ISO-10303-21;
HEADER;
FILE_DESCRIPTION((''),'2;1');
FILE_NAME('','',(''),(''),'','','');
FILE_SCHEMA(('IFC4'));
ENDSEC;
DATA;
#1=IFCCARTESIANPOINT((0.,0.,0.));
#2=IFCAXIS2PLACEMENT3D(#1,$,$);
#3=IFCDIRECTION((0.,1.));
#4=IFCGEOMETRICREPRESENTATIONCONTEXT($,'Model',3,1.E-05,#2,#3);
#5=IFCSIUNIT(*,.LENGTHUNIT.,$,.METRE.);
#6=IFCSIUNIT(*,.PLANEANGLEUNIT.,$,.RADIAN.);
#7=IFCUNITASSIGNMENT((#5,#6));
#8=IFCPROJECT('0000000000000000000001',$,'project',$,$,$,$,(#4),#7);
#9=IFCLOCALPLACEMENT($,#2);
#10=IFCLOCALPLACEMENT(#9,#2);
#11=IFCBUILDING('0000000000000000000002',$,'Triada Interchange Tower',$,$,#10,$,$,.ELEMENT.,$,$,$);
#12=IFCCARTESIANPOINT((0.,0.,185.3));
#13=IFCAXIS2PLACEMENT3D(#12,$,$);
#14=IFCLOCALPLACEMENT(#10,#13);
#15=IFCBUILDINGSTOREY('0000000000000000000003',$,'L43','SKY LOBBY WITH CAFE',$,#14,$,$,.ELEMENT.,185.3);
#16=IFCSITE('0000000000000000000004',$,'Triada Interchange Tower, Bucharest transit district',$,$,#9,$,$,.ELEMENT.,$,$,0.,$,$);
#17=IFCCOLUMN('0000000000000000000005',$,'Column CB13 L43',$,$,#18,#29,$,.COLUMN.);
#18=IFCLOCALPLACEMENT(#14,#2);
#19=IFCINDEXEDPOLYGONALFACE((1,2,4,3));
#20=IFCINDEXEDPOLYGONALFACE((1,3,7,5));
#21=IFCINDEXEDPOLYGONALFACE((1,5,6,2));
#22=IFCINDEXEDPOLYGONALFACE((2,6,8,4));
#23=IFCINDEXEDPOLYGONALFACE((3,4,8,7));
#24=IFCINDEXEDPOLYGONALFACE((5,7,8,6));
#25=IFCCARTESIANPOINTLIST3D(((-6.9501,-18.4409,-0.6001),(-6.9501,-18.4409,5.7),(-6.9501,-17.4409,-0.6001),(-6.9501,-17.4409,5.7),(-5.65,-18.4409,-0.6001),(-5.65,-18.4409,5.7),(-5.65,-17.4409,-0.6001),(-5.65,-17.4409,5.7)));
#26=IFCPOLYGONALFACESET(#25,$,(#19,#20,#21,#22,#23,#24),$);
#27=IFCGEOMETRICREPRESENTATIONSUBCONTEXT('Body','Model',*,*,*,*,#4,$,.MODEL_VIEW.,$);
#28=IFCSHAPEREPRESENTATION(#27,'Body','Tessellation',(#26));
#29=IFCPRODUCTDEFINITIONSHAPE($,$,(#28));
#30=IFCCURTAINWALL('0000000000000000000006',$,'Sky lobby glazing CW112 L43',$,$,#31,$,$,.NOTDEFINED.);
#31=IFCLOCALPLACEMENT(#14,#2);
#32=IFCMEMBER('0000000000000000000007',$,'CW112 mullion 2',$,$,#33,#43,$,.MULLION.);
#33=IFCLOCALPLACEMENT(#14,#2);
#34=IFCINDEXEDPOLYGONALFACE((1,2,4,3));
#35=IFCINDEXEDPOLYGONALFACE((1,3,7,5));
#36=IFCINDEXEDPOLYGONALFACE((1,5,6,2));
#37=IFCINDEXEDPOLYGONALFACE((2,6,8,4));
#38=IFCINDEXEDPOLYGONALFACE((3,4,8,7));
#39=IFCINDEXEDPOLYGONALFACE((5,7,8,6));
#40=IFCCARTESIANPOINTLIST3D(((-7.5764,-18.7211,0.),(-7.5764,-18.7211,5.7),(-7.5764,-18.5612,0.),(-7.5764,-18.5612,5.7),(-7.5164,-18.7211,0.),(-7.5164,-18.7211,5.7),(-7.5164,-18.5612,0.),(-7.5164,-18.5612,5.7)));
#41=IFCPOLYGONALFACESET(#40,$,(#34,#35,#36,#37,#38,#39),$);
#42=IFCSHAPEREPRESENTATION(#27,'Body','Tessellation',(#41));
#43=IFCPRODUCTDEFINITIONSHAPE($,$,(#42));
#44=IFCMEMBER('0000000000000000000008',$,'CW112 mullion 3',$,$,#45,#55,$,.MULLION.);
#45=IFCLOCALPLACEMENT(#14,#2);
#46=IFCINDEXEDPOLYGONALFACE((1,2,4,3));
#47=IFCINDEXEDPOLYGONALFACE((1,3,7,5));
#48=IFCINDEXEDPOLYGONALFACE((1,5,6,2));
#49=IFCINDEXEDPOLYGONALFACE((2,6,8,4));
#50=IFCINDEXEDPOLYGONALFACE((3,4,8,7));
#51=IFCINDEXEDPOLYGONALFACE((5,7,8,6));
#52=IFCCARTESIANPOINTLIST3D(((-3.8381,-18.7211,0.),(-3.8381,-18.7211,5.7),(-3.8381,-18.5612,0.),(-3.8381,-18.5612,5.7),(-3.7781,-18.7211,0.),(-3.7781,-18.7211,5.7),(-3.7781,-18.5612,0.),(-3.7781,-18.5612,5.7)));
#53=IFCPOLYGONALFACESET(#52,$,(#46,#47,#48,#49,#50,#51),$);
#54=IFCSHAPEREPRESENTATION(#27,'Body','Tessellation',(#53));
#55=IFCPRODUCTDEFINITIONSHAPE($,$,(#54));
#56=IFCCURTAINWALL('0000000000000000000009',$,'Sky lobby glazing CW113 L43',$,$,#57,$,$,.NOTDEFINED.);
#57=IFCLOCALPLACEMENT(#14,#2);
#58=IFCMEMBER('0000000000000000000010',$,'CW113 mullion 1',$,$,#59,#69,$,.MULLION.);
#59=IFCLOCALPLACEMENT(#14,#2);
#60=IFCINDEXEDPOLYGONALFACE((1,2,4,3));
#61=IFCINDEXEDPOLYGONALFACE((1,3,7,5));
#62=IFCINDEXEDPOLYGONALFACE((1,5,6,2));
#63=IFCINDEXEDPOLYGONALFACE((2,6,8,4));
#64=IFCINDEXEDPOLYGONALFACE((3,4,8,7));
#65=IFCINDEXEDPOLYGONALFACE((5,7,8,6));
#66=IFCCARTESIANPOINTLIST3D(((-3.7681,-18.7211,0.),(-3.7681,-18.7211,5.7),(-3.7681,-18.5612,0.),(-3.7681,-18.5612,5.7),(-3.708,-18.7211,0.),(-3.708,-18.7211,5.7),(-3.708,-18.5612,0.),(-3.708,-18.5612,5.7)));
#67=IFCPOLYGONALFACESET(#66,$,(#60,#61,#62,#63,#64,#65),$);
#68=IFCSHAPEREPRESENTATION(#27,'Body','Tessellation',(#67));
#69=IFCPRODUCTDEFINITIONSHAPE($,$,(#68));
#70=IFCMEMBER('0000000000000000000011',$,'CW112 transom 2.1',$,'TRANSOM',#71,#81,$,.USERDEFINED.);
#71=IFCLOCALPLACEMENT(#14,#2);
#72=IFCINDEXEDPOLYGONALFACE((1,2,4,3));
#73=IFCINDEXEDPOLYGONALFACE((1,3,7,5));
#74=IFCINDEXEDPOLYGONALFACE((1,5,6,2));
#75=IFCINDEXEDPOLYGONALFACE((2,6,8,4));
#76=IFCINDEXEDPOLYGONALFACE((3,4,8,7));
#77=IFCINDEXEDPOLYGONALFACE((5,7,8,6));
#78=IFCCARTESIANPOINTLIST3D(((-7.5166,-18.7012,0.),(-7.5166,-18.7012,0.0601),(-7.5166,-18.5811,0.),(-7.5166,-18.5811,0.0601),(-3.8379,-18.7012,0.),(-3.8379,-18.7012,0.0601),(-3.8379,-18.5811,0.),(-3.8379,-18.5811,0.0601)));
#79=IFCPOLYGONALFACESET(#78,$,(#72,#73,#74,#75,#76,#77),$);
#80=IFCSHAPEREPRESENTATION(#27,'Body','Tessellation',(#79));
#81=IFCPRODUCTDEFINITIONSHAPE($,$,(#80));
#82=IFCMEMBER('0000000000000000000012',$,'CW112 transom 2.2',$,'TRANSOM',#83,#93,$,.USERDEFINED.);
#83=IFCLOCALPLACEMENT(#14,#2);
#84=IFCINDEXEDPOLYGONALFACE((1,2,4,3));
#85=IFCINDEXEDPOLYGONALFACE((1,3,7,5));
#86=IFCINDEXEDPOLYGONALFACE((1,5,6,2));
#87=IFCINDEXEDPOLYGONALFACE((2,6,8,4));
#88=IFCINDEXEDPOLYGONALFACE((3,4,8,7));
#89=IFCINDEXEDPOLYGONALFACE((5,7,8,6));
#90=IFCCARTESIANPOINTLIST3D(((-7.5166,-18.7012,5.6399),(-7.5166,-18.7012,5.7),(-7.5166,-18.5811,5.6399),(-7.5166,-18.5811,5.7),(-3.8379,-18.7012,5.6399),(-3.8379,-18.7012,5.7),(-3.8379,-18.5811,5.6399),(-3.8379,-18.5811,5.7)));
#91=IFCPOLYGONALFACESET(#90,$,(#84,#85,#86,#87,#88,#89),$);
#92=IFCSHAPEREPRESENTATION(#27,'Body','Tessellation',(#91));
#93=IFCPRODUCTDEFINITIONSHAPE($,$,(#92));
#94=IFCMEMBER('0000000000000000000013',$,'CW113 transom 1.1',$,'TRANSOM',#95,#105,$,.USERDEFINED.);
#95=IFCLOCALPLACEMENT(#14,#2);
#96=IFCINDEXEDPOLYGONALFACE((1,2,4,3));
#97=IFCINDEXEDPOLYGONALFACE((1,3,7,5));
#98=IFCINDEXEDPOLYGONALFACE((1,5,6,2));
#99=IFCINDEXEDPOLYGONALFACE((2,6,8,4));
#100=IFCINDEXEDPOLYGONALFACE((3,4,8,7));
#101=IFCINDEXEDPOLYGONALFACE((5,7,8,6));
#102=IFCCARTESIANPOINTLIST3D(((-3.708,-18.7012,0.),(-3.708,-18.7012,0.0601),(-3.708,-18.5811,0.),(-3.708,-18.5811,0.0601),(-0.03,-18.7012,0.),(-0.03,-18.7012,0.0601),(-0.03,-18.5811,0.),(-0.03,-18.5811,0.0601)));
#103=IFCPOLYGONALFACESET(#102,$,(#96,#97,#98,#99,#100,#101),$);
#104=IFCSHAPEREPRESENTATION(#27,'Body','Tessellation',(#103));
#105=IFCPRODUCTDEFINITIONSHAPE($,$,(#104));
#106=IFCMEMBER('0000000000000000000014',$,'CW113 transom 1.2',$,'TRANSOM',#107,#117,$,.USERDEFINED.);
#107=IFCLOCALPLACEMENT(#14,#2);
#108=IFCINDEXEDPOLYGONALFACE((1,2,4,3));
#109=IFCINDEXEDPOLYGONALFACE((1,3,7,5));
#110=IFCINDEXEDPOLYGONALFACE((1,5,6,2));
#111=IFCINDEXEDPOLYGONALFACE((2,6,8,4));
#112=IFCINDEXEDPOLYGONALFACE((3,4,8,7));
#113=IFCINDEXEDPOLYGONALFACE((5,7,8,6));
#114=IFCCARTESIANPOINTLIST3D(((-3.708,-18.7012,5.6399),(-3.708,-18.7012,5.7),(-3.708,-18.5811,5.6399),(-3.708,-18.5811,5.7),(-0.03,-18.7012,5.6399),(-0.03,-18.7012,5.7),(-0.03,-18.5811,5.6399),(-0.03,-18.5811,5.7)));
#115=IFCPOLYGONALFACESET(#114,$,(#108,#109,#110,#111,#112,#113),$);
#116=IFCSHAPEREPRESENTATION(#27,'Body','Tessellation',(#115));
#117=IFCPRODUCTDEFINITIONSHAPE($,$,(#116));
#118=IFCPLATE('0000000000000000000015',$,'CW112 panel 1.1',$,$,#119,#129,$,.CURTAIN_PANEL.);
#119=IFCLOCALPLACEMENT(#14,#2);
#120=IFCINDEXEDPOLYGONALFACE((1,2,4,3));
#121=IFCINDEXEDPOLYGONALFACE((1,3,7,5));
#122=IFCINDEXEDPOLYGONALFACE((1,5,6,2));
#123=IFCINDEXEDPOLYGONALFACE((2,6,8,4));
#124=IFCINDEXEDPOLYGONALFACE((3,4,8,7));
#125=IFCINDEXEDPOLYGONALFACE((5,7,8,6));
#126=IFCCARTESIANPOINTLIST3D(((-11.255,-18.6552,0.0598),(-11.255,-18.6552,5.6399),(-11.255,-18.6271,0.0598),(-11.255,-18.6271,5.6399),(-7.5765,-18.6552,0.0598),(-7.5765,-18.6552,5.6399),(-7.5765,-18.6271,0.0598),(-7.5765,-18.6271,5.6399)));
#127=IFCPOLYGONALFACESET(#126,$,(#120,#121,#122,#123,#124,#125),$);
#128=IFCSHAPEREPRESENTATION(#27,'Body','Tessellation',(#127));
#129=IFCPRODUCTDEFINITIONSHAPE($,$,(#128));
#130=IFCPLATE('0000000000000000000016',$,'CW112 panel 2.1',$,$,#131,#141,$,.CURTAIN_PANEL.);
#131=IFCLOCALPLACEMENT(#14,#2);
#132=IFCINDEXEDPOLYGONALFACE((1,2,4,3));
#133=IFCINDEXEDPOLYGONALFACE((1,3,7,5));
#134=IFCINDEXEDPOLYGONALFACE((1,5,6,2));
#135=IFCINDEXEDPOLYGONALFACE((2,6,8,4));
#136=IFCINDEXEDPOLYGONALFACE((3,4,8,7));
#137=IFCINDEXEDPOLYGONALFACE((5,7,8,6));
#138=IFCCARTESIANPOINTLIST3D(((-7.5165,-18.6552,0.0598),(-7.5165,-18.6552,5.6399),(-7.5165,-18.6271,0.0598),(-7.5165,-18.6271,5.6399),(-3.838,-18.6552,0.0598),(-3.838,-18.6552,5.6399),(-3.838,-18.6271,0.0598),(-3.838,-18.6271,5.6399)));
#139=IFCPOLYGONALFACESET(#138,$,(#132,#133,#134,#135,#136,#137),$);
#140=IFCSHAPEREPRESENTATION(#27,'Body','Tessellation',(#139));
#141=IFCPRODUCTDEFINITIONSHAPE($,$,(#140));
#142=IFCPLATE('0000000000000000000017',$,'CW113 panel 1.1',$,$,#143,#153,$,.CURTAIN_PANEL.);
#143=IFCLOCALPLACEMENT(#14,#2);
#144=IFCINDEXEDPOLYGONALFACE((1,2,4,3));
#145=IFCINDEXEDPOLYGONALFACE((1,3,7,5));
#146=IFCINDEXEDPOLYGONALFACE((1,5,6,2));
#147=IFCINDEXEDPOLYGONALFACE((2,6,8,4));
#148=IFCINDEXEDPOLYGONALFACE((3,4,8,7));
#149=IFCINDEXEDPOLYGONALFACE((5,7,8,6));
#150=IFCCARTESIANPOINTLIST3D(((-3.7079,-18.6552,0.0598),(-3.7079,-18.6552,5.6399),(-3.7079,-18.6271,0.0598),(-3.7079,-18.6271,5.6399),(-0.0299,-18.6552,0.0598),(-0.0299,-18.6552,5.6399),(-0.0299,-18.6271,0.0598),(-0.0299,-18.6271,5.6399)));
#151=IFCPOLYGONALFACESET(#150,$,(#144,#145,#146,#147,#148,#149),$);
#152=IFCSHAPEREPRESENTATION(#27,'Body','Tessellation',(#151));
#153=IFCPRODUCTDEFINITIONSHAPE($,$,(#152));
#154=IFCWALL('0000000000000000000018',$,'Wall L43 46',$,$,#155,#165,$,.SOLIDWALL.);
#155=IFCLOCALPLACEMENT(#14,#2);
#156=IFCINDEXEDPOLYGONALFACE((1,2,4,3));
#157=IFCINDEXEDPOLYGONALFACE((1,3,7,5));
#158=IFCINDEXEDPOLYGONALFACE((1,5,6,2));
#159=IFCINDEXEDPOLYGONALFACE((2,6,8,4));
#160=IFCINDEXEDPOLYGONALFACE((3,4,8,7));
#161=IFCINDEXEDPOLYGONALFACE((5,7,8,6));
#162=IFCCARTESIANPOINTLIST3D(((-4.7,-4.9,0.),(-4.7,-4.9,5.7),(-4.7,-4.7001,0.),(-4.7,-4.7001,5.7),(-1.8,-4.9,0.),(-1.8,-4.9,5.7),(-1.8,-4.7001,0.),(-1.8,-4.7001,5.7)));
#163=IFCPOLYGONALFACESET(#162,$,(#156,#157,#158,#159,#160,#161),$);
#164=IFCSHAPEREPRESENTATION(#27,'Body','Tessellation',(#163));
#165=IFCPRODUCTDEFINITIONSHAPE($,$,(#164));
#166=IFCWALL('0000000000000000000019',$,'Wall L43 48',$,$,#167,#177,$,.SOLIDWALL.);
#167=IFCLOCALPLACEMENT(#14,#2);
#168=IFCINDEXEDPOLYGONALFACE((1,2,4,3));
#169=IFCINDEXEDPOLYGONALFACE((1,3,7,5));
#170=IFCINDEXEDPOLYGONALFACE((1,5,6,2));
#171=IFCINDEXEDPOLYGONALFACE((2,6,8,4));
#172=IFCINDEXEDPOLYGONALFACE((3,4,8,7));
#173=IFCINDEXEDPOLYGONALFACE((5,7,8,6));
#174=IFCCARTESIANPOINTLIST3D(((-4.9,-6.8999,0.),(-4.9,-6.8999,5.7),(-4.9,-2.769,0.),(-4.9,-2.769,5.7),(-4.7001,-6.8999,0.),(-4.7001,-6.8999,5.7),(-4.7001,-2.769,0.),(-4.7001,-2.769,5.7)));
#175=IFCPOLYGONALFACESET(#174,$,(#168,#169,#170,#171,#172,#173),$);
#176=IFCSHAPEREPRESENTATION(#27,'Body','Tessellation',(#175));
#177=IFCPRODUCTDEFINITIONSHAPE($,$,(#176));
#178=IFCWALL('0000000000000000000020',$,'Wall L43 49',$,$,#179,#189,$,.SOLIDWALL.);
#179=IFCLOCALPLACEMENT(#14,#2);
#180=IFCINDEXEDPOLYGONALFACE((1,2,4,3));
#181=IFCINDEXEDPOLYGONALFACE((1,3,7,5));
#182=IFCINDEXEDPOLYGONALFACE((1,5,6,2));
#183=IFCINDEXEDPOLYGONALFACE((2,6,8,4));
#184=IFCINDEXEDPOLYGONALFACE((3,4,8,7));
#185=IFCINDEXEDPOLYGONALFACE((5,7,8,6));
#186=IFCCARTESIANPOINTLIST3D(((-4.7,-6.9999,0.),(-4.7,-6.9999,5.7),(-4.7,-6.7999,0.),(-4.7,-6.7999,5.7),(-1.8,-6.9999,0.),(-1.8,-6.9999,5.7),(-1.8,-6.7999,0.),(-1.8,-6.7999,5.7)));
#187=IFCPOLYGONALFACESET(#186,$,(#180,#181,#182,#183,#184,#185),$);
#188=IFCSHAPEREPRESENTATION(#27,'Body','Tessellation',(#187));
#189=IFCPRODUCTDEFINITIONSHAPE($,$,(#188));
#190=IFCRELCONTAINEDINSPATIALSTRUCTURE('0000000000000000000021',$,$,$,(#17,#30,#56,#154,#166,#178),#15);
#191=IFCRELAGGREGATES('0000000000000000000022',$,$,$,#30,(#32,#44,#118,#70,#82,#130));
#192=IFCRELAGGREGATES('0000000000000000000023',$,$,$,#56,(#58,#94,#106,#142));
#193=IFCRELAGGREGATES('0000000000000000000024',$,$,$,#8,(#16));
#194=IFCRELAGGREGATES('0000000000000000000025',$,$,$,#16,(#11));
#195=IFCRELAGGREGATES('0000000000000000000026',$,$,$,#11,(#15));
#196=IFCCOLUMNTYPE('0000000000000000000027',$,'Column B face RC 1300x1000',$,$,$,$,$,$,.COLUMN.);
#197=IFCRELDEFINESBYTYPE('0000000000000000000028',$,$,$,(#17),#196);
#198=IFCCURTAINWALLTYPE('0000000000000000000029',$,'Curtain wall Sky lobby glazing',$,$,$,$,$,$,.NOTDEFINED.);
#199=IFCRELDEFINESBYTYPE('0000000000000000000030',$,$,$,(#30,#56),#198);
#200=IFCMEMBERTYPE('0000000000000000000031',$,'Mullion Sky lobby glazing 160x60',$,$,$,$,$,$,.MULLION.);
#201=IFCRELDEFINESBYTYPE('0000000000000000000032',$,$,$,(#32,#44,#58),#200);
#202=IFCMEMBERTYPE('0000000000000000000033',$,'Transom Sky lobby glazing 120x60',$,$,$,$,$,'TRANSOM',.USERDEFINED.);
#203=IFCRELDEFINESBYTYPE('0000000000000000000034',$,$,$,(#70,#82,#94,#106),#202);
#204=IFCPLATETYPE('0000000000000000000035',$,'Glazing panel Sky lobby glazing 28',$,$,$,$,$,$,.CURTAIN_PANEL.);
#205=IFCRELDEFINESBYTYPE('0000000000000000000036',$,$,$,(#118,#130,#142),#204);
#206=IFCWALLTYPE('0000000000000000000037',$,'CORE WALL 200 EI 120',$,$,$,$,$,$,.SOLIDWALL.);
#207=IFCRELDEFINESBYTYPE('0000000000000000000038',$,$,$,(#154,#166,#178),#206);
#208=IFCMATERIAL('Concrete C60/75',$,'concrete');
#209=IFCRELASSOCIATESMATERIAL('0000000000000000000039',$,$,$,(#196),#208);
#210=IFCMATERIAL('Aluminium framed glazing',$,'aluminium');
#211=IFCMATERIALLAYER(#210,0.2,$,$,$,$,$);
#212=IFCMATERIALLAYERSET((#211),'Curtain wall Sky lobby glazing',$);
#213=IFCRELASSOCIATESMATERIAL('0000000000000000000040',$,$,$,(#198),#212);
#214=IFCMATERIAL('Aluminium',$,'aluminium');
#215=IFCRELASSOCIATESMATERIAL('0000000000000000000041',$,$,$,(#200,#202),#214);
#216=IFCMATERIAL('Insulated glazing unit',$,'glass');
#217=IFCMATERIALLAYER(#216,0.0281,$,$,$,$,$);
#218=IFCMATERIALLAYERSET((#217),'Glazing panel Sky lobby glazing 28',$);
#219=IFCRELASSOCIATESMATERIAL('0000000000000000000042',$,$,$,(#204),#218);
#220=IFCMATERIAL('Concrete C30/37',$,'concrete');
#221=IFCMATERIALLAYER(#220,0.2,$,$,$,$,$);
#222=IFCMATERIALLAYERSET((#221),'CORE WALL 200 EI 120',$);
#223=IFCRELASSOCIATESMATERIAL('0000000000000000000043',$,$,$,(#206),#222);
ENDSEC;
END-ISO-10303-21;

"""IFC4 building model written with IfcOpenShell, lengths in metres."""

from ifc_helpers import new_model, si_unit, direction, frame, frame_2d, origin, origin_2d, place, context, subcontext, project, spatial, rectangle, extrude, material, layer, layer_set, material_profile, profile_set, type_object, element, aggregate, save


model = new_model("IFC4")

# Units and contexts
model_context = context("Model", 3, precision=1e-05, world=origin(), true_north=direction((0.0, 1.0)))
body_context = subcontext(model_context, "Body", "Model", "MODEL_VIEW")
ifc_project = project(units=[si_unit("LENGTHUNIT", "METRE"), si_unit("PLANEANGLEUNIT", "RADIAN")], contexts=[model_context])

# Site, building, storey
site_placement = place(None, origin())
site = spatial("IfcSite", under=ifc_project, at=site_placement, Name="Triada Interchange Tower, Bucharest transit district", CompositionType="ELEMENT", RefElevation=0.0)
building_placement = place(site_placement, origin())
building = spatial("IfcBuilding", under=site, at=building_placement, Name="Triada Interchange Tower", CompositionType="ELEMENT")
storey_placement = place(building_placement, frame((0.0, 0.0, 185.3)))
storey = spatial("IfcBuildingStorey", under=building, at=storey_placement, Name="L43", Description="SKY LOBBY WITH CAFE", CompositionType="ELEMENT", Elevation=185.3)

# Column
ifc_material_1 = material(Name="Concrete C60/75", Category="concrete")
ifc_material_profile_1 = material_profile(ifc_material_1, rectangle(XDim=1.3, YDim=1.0, at=origin_2d()), Name="RC 1300x1000")
ifc_profile_set_1 = profile_set([ifc_material_profile_1], Name="Concrete C60/75")
column_type = type_object("IfcColumnType", Name="Column B face RC 1300x1000", PredefinedType="COLUMN", material=ifc_profile_set_1)
column_placement = place(storey_placement, frame((-6.3, -17.9409, -0.6001), z_axis=(0.0, 0.0, 1.0), x_axis=(1.0, 0.0, 0.0)))
element("IfcColumn", 1, at=column_placement, inside=storey, type_object=column_type, Name="Column CB13 L43", PredefinedType="COLUMN", context=body_context, shape_type="SweptSolid", body=[
    extrude(rectangle(XDim=1.3, YDim=1.0, at=origin_2d()), origin(), (0.0, 0.0, 1.0), 6.3),
])

# Curtain wall, members
ifc_material_2 = material(Name="Aluminium framed glazing", Category="aluminium")
ifc_layer_1 = layer(ifc_material_2, 0.2)
ifc_layer_set_1 = layer_set([ifc_layer_1], Name="Curtain wall Sky lobby glazing")
curtain_wall_type = type_object("IfcCurtainWallType", Name="Curtain wall Sky lobby glazing", PredefinedType="NOTDEFINED", material=ifc_layer_set_1)
curtain_wall_1_placement = place(storey_placement, origin())
curtain_wall_1 = element("IfcCurtainWall", 2, at=curtain_wall_1_placement, inside=storey, type_object=curtain_wall_type, Name="Sky lobby glazing CW112 L43", PredefinedType="NOTDEFINED")
ifc_material_3 = material(Name="Aluminium", Category="aluminium")
ifc_material_profile_2 = material_profile(ifc_material_3, rectangle(XDim=0.1599, YDim=0.0601, at=origin_2d()), Name="Aluminium mullion")
ifc_profile_set_2 = profile_set([ifc_material_profile_2], Name="Aluminium")
member_type_1 = type_object("IfcMemberType", Name="Mullion Sky lobby glazing 160x60", PredefinedType="MULLION", material=ifc_profile_set_2)
member_1_placement = place(storey_placement, frame((-7.5464, -18.6411, 0.0), z_axis=(0.0, 0.0, 1.0), x_axis=(0.0, 1.0, 0.0)))
member_1 = element("IfcMember", 3, at=member_1_placement, type_object=member_type_1, Name="CW112 mullion 2", PredefinedType="MULLION", context=body_context, shape_type="SweptSolid", body=[
    extrude(rectangle(XDim=0.1599, YDim=0.0601, at=origin_2d()), origin(), (0.0, 0.0, 1.0), 5.7),
])
member_2_placement = place(storey_placement, frame((-3.8081, -18.6411, 0.0), z_axis=(0.0, 0.0, 1.0), x_axis=(0.0, 1.0, 0.0)))
member_2 = element("IfcMember", 4, at=member_2_placement, type_object=member_type_1, Name="CW112 mullion 3", PredefinedType="MULLION", context=body_context, shape_type="SweptSolid", body=[
    extrude(rectangle(XDim=0.1599, YDim=0.0601, at=origin_2d()), origin(), (0.0, 0.0, 1.0), 5.7),
])

# Curtain wall, member
curtain_wall_2_placement = place(storey_placement, origin())
curtain_wall_2 = element("IfcCurtainWall", 5, at=curtain_wall_2_placement, inside=storey, type_object=curtain_wall_type, Name="Sky lobby glazing CW113 L43", PredefinedType="NOTDEFINED")
member_3_placement = place(storey_placement, frame((-3.738, -18.6411, 0.0), z_axis=(0.0, 0.0, 1.0), x_axis=(0.0, 1.0, 0.0)))
member_3 = element("IfcMember", 6, at=member_3_placement, type_object=member_type_1, Name="CW113 mullion 1", PredefinedType="MULLION", context=body_context, shape_type="SweptSolid", body=[
    extrude(rectangle(XDim=0.1599, YDim=0.0601, at=origin_2d()), origin(), (0.0, 0.0, 1.0), 5.7),
])

# Members
ifc_material_profile_3 = material_profile(ifc_material_3, rectangle(XDim=0.1201, YDim=0.0601, at=origin_2d()), Name="Aluminium transom")
ifc_profile_set_3 = profile_set([ifc_material_profile_3], Name="Aluminium")
member_type_2 = type_object("IfcMemberType", Name="Transom Sky lobby glazing 120x60", ElementType="TRANSOM", PredefinedType="USERDEFINED", material=ifc_profile_set_3)
member_4_placement = place(storey_placement, frame((-7.5166, -18.6411, 0.03), z_axis=(1.0, 0.0, 0.0), x_axis=(0.0, 1.0, 0.0)))
member_4 = element("IfcMember", 7, at=member_4_placement, type_object=member_type_2, Name="CW112 transom 2.1", ObjectType="TRANSOM", PredefinedType="USERDEFINED", context=body_context, shape_type="SweptSolid", body=[
    extrude(rectangle(XDim=0.1201, YDim=0.0601, at=origin_2d()), origin(), (0.0, 0.0, 1.0), 3.6787),
])
member_5_placement = place(storey_placement, frame((-7.5166, -18.6411, 5.6699), z_axis=(1.0, 0.0, 0.0), x_axis=(0.0, 1.0, 0.0)))
member_5 = element("IfcMember", 8, at=member_5_placement, type_object=member_type_2, Name="CW112 transom 2.2", ObjectType="TRANSOM", PredefinedType="USERDEFINED", context=body_context, shape_type="SweptSolid", body=[
    extrude(rectangle(XDim=0.1201, YDim=0.0601, at=origin_2d()), origin(), (0.0, 0.0, 1.0), 3.6787),
])
member_6_placement = place(storey_placement, frame((-3.708, -18.6411, 0.03), z_axis=(1.0, 0.0, 0.0), x_axis=(0.0, 1.0, 0.0)))
member_6 = element("IfcMember", 9, at=member_6_placement, type_object=member_type_2, Name="CW113 transom 1.1", ObjectType="TRANSOM", PredefinedType="USERDEFINED", context=body_context, shape_type="SweptSolid", body=[
    extrude(rectangle(XDim=0.1201, YDim=0.0601, at=origin_2d()), origin(), (0.0, 0.0, 1.0), 3.678),
])
member_7_placement = place(storey_placement, frame((-3.708, -18.6411, 5.6699), z_axis=(1.0, 0.0, 0.0), x_axis=(0.0, 1.0, 0.0)))
member_7 = element("IfcMember", 10, at=member_7_placement, type_object=member_type_2, Name="CW113 transom 1.2", ObjectType="TRANSOM", PredefinedType="USERDEFINED", context=body_context, shape_type="SweptSolid", body=[
    extrude(rectangle(XDim=0.1201, YDim=0.0601, at=origin_2d()), origin(), (0.0, 0.0, 1.0), 3.678),
])

# Plates
ifc_material_4 = material(Name="Insulated glazing unit", Category="glass")
ifc_layer_2 = layer(ifc_material_4, 0.0281)
ifc_layer_set_2 = layer_set([ifc_layer_2], Name="Glazing panel Sky lobby glazing 28")
plate_type = type_object("IfcPlateType", Name="Glazing panel Sky lobby glazing 28", PredefinedType="CURTAIN_PANEL", material=ifc_layer_set_2)
plate_1_placement = place(storey_placement, frame((-9.4158, -18.6411, 0.0598), z_axis=(0.0, 0.0, 1.0), x_axis=(1.0, 0.0, 0.0)))
plate_1 = element("IfcPlate", 11, at=plate_1_placement, type_object=plate_type, Name="CW112 panel 1.1", PredefinedType="CURTAIN_PANEL", context=body_context, shape_type="SweptSolid", body=[
    extrude(rectangle(XDim=3.6785, YDim=0.0281, at=origin_2d()), origin(), (0.0, 0.0, 1.0), 5.5801),
])
plate_2_placement = place(storey_placement, frame((-5.6772, -18.6411, 0.0598), z_axis=(0.0, 0.0, 1.0), x_axis=(1.0, 0.0, 0.0)))
plate_2 = element("IfcPlate", 12, at=plate_2_placement, type_object=plate_type, Name="CW112 panel 2.1", PredefinedType="CURTAIN_PANEL", context=body_context, shape_type="SweptSolid", body=[
    extrude(rectangle(XDim=3.6785, YDim=0.0281, at=origin_2d()), origin(), (0.0, 0.0, 1.0), 5.5801),
])
aggregate(curtain_wall_1, [member_1, member_2, plate_1, member_4, member_5, plate_2])
plate_3_placement = place(storey_placement, frame((-1.8689, -18.6411, 0.0598), z_axis=(0.0, 0.0, 1.0), x_axis=(1.0, 0.0, 0.0)))
plate_3 = element("IfcPlate", 13, at=plate_3_placement, type_object=plate_type, Name="CW113 panel 1.1", PredefinedType="CURTAIN_PANEL", context=body_context, shape_type="SweptSolid", body=[
    extrude(rectangle(XDim=3.678, YDim=0.0281, at=origin_2d()), origin(), (0.0, 0.0, 1.0), 5.5801),
])
aggregate(curtain_wall_2, [member_3, member_6, member_7, plate_3])

# Walls
ifc_material_5 = material(Name="Concrete C30/37", Category="concrete")
ifc_layer_3 = layer(ifc_material_5, 0.2)
ifc_layer_set_3 = layer_set([ifc_layer_3], Name="CORE WALL 200 EI 120")
wall_type_1 = type_object("IfcWallType", Name="CORE WALL 200 EI 120", PredefinedType="SOLIDWALL", material=ifc_layer_set_3)
wall_1_placement = place(storey_placement, frame((-4.7, -4.8, 0.0), z_axis=(0.0, 0.0, 1.0), x_axis=(1.0, 0.0, 0.0)))
element("IfcWall", 14, at=wall_1_placement, inside=storey, type_object=wall_type_1, Name="Wall L43 46", PredefinedType="SOLIDWALL", context=body_context, shape_type="SweptSolid", body=[
    extrude(rectangle(XDim=2.8999, YDim=0.2, at=frame_2d((1.45, 0.0))), origin(), (0.0, 0.0, 1.0), 5.7),
])
wall_2_placement = place(storey_placement, frame((-4.8, -6.8999, 0.0), z_axis=(0.0, 0.0, 1.0), x_axis=(0.0, 1.0, 0.0)))
element("IfcWall", 15, at=wall_2_placement, inside=storey, type_object=wall_type_1, Name="Wall L43 48", PredefinedType="SOLIDWALL", context=body_context, shape_type="SweptSolid", body=[
    extrude(rectangle(XDim=4.1309, YDim=0.2, at=frame_2d((2.0654, 0.0))), origin(), (0.0, 0.0, 1.0), 5.7),
])
wall_3_placement = place(storey_placement, frame((-4.7, -6.8999, 0.0), z_axis=(0.0, 0.0, 1.0), x_axis=(1.0, 0.0, 0.0)))
element("IfcWall", 16, at=wall_3_placement, inside=storey, type_object=wall_type_1, Name="Wall L43 49", PredefinedType="SOLIDWALL", context=body_context, shape_type="SweptSolid", body=[
    extrude(rectangle(XDim=2.8999, YDim=0.2, at=frame_2d((1.45, 0.0))), origin(), (0.0, 0.0, 1.0), 5.7),
])

save(model, "model.ifc")
